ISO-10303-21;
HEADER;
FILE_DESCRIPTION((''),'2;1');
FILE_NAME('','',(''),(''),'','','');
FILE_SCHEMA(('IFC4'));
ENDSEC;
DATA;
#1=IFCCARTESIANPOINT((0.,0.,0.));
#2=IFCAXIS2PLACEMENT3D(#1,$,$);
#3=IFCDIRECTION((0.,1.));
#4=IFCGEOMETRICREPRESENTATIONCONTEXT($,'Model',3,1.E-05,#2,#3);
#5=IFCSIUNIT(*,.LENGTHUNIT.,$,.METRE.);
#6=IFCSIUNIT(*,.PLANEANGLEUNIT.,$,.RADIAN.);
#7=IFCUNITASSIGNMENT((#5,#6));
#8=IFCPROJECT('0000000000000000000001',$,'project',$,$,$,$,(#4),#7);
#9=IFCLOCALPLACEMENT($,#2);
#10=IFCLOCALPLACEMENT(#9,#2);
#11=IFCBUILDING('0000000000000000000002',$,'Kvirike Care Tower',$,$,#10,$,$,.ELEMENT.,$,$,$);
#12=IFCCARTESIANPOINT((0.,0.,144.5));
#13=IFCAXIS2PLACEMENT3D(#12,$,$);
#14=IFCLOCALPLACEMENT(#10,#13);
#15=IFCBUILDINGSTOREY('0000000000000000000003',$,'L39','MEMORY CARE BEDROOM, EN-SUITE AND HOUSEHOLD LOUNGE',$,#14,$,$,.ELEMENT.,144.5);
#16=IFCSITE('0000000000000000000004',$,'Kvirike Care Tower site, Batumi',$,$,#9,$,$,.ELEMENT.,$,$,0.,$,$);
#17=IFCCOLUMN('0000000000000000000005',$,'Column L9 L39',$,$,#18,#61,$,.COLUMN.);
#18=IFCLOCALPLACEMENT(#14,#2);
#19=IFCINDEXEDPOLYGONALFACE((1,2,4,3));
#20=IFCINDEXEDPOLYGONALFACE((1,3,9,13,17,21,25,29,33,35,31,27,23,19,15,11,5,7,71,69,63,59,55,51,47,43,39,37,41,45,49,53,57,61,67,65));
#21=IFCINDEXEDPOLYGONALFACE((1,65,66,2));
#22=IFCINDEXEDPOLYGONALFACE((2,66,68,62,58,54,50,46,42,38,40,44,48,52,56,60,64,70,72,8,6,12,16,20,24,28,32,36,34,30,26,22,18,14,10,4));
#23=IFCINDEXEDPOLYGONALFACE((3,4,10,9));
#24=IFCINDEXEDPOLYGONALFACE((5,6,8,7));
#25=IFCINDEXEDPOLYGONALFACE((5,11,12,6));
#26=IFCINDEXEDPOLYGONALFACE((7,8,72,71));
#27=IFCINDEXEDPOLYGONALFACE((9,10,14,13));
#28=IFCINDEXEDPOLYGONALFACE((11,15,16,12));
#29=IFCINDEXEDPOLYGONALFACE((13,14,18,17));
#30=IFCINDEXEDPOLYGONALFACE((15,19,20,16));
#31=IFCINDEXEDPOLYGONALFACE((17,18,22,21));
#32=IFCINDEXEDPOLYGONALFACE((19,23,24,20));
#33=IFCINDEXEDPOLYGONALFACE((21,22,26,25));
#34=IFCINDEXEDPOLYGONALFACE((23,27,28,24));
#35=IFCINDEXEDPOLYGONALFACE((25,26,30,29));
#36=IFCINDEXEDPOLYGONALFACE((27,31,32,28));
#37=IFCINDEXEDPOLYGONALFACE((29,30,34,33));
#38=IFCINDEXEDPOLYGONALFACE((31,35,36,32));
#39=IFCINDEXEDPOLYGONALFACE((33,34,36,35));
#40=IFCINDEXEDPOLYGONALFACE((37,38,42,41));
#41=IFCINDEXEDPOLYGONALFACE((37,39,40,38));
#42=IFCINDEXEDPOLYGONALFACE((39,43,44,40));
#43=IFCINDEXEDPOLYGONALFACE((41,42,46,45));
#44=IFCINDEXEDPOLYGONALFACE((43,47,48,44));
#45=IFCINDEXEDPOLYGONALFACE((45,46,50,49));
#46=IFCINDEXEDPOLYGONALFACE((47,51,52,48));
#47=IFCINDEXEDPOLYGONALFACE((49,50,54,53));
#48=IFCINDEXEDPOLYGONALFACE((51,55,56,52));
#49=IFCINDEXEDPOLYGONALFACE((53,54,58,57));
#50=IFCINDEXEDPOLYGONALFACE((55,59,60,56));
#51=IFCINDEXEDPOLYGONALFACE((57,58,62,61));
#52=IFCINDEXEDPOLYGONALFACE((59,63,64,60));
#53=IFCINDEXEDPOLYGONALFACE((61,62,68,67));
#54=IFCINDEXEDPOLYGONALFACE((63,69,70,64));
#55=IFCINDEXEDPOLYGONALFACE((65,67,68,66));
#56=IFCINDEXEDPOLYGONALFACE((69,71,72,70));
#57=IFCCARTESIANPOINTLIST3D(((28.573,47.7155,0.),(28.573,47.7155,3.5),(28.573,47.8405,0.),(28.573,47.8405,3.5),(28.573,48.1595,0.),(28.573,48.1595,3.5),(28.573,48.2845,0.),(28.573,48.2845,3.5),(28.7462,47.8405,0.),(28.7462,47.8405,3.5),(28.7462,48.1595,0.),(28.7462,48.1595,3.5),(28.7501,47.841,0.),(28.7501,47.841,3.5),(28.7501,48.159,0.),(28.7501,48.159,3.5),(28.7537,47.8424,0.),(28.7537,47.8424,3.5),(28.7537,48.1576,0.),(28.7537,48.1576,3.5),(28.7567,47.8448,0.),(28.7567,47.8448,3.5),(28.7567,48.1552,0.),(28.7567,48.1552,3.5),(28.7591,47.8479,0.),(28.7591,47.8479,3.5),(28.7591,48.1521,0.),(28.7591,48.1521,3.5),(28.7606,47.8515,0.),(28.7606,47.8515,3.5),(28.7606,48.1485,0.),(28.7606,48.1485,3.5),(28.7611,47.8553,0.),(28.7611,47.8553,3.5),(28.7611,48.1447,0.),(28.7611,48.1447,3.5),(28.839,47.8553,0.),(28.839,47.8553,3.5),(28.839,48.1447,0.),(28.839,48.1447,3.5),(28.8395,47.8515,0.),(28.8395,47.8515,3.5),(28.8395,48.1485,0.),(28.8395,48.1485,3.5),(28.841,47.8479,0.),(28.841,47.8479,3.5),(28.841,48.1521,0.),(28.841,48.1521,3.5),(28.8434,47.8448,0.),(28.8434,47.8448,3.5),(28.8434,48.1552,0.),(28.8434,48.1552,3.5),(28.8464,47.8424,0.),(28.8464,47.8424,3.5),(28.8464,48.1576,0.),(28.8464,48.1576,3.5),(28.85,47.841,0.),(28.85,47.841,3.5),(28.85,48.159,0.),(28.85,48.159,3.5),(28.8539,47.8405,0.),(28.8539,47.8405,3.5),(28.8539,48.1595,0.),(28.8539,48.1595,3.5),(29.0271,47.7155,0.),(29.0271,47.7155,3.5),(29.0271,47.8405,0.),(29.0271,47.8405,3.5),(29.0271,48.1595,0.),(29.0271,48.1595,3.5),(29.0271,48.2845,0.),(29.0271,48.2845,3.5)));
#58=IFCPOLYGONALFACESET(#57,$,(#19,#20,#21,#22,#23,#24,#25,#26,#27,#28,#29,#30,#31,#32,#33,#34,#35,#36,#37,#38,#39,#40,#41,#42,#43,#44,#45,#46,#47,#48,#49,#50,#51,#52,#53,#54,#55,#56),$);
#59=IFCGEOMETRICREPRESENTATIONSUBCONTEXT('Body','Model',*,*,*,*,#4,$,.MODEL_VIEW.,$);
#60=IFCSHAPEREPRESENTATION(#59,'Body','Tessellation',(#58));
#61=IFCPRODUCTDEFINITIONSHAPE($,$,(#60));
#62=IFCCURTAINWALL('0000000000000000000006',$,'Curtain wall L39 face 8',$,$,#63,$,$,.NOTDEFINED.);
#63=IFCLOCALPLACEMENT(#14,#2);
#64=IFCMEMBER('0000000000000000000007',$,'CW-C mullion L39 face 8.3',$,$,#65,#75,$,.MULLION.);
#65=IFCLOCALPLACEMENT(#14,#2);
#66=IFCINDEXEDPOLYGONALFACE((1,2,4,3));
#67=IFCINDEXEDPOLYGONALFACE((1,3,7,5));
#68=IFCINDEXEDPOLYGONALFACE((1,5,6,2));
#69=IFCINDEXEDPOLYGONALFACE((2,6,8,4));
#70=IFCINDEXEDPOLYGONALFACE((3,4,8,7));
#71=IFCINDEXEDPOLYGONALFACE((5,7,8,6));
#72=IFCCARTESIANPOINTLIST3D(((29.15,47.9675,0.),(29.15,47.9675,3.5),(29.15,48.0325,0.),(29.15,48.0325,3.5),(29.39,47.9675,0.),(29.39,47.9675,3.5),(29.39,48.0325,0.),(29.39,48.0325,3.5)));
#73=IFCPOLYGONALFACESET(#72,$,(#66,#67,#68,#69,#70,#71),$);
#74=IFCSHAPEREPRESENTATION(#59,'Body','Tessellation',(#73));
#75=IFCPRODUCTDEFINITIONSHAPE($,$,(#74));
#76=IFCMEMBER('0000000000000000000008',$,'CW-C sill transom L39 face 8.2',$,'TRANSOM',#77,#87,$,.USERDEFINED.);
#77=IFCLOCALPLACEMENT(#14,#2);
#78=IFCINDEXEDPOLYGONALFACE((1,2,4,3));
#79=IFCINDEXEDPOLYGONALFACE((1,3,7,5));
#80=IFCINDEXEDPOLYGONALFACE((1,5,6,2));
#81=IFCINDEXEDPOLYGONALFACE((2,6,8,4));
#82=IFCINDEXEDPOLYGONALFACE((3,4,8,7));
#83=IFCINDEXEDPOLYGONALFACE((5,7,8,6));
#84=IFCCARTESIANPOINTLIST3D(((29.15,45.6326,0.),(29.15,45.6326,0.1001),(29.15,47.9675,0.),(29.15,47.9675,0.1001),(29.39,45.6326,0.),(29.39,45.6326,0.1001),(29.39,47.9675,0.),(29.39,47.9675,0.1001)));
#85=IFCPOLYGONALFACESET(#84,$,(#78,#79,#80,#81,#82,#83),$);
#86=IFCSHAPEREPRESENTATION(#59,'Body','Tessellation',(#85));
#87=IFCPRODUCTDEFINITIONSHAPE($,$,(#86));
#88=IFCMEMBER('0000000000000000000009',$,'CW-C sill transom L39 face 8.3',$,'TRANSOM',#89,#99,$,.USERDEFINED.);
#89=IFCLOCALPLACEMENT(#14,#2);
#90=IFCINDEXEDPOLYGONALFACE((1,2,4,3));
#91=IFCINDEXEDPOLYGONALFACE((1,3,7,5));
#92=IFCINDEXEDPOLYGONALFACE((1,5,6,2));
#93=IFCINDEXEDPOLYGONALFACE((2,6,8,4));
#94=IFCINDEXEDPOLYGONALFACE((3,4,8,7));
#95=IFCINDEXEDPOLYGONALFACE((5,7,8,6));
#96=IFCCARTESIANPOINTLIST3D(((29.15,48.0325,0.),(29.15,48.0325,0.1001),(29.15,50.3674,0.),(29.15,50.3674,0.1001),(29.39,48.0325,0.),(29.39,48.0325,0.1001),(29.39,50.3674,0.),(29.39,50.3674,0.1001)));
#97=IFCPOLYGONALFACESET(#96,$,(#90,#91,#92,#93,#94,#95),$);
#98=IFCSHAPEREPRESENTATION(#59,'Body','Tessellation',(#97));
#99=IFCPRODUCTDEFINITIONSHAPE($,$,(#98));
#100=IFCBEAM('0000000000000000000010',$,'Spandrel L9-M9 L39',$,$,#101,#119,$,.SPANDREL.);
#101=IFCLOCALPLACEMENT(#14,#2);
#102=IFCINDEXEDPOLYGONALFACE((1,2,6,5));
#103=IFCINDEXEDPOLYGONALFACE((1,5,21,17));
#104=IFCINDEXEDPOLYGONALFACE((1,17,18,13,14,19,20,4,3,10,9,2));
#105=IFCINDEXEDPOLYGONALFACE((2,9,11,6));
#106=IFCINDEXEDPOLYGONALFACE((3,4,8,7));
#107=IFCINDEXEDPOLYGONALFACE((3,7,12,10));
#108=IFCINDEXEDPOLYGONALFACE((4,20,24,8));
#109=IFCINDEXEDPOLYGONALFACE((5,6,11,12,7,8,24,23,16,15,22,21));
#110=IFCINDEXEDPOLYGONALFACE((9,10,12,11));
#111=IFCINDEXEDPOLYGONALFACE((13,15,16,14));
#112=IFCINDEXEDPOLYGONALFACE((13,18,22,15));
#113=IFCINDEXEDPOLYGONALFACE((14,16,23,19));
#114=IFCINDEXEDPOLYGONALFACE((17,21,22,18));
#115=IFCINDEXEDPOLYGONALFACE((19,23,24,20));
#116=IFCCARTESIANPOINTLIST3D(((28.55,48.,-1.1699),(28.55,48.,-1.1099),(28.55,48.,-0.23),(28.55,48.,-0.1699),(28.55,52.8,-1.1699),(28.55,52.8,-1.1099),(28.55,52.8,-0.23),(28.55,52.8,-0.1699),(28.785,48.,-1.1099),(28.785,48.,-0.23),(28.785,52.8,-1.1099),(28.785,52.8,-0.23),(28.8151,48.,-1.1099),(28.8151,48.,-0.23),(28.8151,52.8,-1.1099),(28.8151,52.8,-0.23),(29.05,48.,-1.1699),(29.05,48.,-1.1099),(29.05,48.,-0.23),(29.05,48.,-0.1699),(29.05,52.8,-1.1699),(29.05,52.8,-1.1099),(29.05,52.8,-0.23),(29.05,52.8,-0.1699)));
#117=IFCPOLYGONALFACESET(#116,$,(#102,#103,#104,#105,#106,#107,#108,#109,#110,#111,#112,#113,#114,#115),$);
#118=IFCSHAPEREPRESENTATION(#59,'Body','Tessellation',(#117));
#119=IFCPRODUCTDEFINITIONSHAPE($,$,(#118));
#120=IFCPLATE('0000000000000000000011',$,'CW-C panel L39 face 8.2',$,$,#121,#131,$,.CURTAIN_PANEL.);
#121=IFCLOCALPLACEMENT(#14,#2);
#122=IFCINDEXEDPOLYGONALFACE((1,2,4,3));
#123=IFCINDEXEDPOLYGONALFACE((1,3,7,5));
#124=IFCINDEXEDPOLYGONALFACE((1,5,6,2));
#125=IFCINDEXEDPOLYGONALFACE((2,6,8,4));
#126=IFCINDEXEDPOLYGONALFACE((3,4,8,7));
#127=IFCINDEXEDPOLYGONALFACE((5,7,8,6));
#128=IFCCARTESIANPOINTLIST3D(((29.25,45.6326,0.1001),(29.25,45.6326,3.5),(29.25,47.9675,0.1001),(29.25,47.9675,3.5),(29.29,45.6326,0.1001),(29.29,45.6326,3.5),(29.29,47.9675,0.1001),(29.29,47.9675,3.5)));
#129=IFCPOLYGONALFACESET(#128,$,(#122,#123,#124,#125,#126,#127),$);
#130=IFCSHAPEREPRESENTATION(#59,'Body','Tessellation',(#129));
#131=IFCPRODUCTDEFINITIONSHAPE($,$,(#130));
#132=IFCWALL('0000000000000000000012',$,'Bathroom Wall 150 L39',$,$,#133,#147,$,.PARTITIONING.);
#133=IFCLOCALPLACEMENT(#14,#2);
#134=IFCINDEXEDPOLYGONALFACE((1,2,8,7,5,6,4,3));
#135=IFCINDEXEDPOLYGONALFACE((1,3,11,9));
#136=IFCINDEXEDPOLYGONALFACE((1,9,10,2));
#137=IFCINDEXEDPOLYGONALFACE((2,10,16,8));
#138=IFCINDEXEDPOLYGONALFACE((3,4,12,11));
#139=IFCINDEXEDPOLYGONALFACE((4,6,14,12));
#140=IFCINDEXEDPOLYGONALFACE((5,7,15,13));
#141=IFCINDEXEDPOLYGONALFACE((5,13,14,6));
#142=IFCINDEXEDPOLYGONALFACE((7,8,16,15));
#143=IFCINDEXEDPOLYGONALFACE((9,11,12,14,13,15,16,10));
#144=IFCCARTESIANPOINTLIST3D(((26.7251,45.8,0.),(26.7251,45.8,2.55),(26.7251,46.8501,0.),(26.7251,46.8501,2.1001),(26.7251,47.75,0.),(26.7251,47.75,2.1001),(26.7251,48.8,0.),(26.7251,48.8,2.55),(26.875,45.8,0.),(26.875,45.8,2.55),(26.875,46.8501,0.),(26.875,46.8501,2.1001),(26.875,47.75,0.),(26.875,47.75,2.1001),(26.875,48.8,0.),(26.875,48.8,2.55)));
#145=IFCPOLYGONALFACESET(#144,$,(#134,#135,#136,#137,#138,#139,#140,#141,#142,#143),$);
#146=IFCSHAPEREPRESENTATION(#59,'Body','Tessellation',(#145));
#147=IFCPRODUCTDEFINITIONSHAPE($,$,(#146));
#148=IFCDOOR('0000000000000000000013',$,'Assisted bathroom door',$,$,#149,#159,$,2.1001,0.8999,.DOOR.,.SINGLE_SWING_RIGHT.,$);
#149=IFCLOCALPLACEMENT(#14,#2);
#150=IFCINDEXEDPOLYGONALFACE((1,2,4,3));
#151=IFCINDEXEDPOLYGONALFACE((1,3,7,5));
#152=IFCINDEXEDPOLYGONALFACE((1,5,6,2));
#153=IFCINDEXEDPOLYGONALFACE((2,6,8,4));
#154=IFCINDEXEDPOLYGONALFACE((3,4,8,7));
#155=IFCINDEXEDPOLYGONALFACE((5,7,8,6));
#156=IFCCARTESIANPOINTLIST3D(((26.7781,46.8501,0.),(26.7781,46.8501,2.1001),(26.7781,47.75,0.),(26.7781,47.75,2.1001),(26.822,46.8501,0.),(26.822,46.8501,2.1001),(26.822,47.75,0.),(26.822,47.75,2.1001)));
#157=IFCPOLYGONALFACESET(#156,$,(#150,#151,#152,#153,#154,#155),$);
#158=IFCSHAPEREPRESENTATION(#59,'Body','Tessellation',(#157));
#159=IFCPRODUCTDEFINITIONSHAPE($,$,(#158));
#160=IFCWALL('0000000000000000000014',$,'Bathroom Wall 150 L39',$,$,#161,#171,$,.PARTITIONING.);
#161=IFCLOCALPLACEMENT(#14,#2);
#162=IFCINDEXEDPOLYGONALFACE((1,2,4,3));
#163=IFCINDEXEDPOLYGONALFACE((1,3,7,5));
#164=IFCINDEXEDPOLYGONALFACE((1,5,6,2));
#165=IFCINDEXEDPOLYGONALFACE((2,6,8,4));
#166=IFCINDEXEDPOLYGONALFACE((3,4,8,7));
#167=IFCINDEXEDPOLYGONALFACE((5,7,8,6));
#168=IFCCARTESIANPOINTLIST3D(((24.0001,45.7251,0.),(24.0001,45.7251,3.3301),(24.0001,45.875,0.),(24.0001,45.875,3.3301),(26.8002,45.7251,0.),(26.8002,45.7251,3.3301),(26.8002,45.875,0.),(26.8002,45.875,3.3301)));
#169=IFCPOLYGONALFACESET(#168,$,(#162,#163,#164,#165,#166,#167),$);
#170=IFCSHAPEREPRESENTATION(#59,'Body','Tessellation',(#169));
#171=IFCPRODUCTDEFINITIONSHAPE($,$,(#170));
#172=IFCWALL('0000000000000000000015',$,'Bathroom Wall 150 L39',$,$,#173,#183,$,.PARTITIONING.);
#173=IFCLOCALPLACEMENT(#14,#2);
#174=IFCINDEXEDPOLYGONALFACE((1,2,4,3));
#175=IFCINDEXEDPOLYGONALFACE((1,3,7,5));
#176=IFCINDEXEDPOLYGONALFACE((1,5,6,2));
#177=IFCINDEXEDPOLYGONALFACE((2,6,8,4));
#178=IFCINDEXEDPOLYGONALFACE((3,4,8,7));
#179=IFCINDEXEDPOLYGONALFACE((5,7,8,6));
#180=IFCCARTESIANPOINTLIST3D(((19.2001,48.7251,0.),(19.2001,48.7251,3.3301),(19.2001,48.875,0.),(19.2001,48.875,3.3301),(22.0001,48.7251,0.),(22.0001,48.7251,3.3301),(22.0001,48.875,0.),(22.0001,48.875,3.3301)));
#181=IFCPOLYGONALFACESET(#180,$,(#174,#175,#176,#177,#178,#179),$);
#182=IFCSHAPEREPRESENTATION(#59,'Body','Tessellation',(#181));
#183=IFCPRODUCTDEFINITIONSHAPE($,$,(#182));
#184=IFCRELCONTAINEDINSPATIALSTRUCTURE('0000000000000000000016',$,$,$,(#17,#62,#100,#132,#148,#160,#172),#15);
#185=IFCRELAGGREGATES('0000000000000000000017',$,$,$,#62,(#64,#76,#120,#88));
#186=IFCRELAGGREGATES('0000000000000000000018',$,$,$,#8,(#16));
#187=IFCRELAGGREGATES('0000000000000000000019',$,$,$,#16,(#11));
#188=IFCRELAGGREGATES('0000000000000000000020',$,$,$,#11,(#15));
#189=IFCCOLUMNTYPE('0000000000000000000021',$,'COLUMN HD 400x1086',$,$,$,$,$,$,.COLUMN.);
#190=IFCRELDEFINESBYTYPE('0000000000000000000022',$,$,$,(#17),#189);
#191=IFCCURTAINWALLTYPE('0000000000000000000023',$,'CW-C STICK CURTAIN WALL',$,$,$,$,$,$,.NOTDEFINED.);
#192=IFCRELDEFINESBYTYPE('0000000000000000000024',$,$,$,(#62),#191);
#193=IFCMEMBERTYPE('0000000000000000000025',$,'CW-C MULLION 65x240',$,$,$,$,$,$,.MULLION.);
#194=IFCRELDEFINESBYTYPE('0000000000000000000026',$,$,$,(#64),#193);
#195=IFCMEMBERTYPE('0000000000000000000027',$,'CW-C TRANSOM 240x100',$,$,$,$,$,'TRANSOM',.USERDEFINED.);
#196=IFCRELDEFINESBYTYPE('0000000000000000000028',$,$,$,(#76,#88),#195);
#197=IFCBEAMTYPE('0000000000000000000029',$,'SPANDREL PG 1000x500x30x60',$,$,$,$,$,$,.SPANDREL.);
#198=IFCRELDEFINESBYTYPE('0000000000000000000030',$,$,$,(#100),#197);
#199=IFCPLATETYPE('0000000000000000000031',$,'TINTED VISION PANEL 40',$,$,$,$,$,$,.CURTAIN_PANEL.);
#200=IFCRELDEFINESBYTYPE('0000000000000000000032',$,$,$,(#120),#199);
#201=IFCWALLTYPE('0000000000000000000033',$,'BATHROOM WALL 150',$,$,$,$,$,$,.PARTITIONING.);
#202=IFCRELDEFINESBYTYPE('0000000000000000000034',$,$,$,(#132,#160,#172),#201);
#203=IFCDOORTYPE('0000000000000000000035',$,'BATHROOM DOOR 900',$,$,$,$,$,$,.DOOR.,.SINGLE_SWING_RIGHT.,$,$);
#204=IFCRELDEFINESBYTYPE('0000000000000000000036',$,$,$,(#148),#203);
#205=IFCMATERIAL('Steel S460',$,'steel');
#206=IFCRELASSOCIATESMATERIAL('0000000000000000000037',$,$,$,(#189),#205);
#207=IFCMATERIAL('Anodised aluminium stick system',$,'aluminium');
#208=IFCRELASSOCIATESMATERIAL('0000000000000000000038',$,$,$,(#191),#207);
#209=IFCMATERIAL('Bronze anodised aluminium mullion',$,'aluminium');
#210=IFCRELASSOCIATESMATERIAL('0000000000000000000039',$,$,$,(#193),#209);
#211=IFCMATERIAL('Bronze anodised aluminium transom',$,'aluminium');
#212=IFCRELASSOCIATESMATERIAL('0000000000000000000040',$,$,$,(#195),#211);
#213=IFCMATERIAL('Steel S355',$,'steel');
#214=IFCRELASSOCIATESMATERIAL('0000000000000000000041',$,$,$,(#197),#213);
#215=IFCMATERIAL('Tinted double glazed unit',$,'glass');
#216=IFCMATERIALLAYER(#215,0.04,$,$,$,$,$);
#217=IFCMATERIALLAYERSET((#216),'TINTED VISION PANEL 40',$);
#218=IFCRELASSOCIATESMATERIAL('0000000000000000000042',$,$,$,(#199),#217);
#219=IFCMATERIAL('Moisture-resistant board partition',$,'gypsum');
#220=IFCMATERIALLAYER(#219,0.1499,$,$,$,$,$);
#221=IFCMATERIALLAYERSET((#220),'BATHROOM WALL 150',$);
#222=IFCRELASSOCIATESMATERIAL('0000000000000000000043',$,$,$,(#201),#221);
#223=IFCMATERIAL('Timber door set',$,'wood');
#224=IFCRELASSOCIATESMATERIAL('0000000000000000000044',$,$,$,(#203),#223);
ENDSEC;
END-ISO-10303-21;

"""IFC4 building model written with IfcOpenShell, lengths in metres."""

from ifc_helpers import new_model, si_unit, direction, frame, frame_2d, origin, origin_2d, place, context, subcontext, project, spatial, rectangle, i_section, extrude, material, layer, layer_set, material_profile, profile_set, type_object, element, fill, aggregate, save


model = new_model("IFC4")

# Units and contexts
model_context = context("Model", 3, precision=1e-05, world=origin(), true_north=direction((0.0, 1.0)))
body_context = subcontext(model_context, "Body", "Model", "MODEL_VIEW")
ifc_project = project(units=[si_unit("LENGTHUNIT", "METRE"), si_unit("PLANEANGLEUNIT", "RADIAN")], contexts=[model_context])

# Site, building, storey
site_placement = place(None, origin())
site = spatial("IfcSite", under=ifc_project, at=site_placement, Name="Kvirike Care Tower site, Batumi", CompositionType="ELEMENT", RefElevation=0.0)
building_placement = place(site_placement, origin())
building = spatial("IfcBuilding", under=site, at=building_placement, Name="Kvirike Care Tower", CompositionType="ELEMENT")
storey_placement = place(building_placement, frame((0.0, 0.0, 144.5)))
storey = spatial("IfcBuildingStorey", under=building, at=storey_placement, Name="L39", Description="MEMORY CARE BEDROOM, EN-SUITE AND HOUSEHOLD LOUNGE", CompositionType="ELEMENT", Elevation=144.5)

# Column
ifc_material_1 = material(Name="Steel S460", Category="steel")
ifc_material_profile_1 = material_profile(ifc_material_1, i_section(OverallWidth=0.4541, OverallDepth=0.5691, WebThickness=0.0779, FlangeThickness=0.125, FilletRadius=0.0149, at=origin_2d()), Name="HD 400x1086")
ifc_profile_set_1 = profile_set([ifc_material_profile_1], Name="Steel S460")
column_type = type_object("IfcColumnType", Name="COLUMN HD 400x1086", PredefinedType="COLUMN", material=ifc_profile_set_1)
column_placement = place(storey_placement, frame((28.8, 48.0, 0.0), z_axis=(0.0, 0.0, 1.0), x_axis=(1.0, 0.0, 0.0)))
element("IfcColumn", 1, at=column_placement, inside=storey, type_object=column_type, Name="Column L9 L39", PredefinedType="COLUMN", context=body_context, shape_type="SweptSolid", body=[
    extrude(i_section(OverallWidth=0.4541, OverallDepth=0.5691, WebThickness=0.0779, FlangeThickness=0.125, FilletRadius=0.0149, at=origin_2d()), origin(), (0.0, 0.0, 1.0), 3.5),
])

# Curtain wall, members
ifc_material_2 = material(Name="Anodised aluminium stick system", Category="aluminium")
curtain_wall_type = type_object("IfcCurtainWallType", Name="CW-C STICK CURTAIN WALL", PredefinedType="NOTDEFINED", material=ifc_material_2)
curtain_wall_placement = place(storey_placement, origin())
curtain_wall = element("IfcCurtainWall", 2, at=curtain_wall_placement, inside=storey, type_object=curtain_wall_type, Name="Curtain wall L39 face 8", PredefinedType="NOTDEFINED")
ifc_material_3 = material(Name="Bronze anodised aluminium mullion", Category="aluminium")
ifc_material_profile_2 = material_profile(ifc_material_3, rectangle(XDim=0.0649, YDim=0.24, at=origin_2d()), Name="CW-C MULLION 65x240")
ifc_profile_set_2 = profile_set([ifc_material_profile_2], Name="Bronze anodised aluminium mullion")
member_type_1 = type_object("IfcMemberType", Name="CW-C MULLION 65x240", PredefinedType="MULLION", material=ifc_profile_set_2)
member_1_placement = place(storey_placement, frame((29.27, 48.0, 0.0), z_axis=(0.0, 0.0, 1.0), x_axis=(0.0, 1.0, 0.0)))
member_1 = element("IfcMember", 3, at=member_1_placement, type_object=member_type_1, Name="CW-C mullion L39 face 8.3", PredefinedType="MULLION", context=body_context, shape_type="SweptSolid", body=[
    extrude(rectangle(XDim=0.0649, YDim=0.24, at=origin_2d()), origin(), (0.0, 0.0, 1.0), 3.5),
])
ifc_material_4 = material(Name="Bronze anodised aluminium transom", Category="aluminium")
ifc_material_profile_3 = material_profile(ifc_material_4, rectangle(XDim=0.24, YDim=0.1001, at=origin_2d()), Name="CW-C TRANSOM 240x100")
ifc_profile_set_3 = profile_set([ifc_material_profile_3], Name="Bronze anodised aluminium transom")
member_type_2 = type_object("IfcMemberType", Name="CW-C TRANSOM 240x100", ElementType="TRANSOM", PredefinedType="USERDEFINED", material=ifc_profile_set_3)
member_2_placement = place(storey_placement, frame((29.27, 45.6326, 0.05), z_axis=(0.0, 1.0, 0.0), x_axis=(-1.0, 0.0, 0.0)))
member_2 = element("IfcMember", 4, at=member_2_placement, type_object=member_type_2, Name="CW-C sill transom L39 face 8.2", ObjectType="TRANSOM", PredefinedType="USERDEFINED", context=body_context, shape_type="SweptSolid", body=[
    extrude(rectangle(XDim=0.24, YDim=0.1001, at=origin_2d()), origin(), (0.0, 0.0, 1.0), 2.335),
])
member_3_placement = place(storey_placement, frame((29.27, 48.0325, 0.05), z_axis=(0.0, 1.0, 0.0), x_axis=(-1.0, 0.0, 0.0)))
member_3 = element("IfcMember", 5, at=member_3_placement, type_object=member_type_2, Name="CW-C sill transom L39 face 8.3", ObjectType="TRANSOM", PredefinedType="USERDEFINED", context=body_context, shape_type="SweptSolid", body=[
    extrude(rectangle(XDim=0.24, YDim=0.1001, at=origin_2d()), origin(), (0.0, 0.0, 1.0), 2.335),
])

# Beam
ifc_material_5 = material(Name="Steel S355", Category="steel")
ifc_material_profile_4 = material_profile(ifc_material_5, i_section(OverallWidth=0.5, OverallDepth=1.0, WebThickness=0.03, FlangeThickness=0.0601, at=origin_2d()), Name="PG 1000x500x30x60")
ifc_profile_set_4 = profile_set([ifc_material_profile_4], Name="Steel S355")
beam_type = type_object("IfcBeamType", Name="SPANDREL PG 1000x500x30x60", PredefinedType="SPANDREL", material=ifc_profile_set_4)
beam_placement = place(storey_placement, frame((28.8, 48.0, -0.6699), z_axis=(0.0, 1.0, 0.0), x_axis=(-1.0, 0.0, 0.0)))
element("IfcBeam", 6, at=beam_placement, inside=storey, type_object=beam_type, Name="Spandrel L9-M9 L39", PredefinedType="SPANDREL", context=body_context, shape_type="SweptSolid", body=[
    extrude(i_section(OverallWidth=0.5, OverallDepth=1.0, WebThickness=0.03, FlangeThickness=0.0601, at=origin_2d()), origin(), (0.0, 0.0, 1.0), 4.8),
])

# Plate
ifc_material_6 = material(Name="Tinted double glazed unit", Category="glass")
ifc_layer_1 = layer(ifc_material_6, 0.04)
ifc_layer_set_1 = layer_set([ifc_layer_1], Name="TINTED VISION PANEL 40")
plate_type = type_object("IfcPlateType", Name="TINTED VISION PANEL 40", PredefinedType="CURTAIN_PANEL", material=ifc_layer_set_1)
plate_placement = place(storey_placement, frame((29.27, 46.8, 0.1001), z_axis=(0.0, 0.0, 1.0), x_axis=(0.0, 1.0, 0.0)))
plate = element("IfcPlate", 7, at=plate_placement, type_object=plate_type, Name="CW-C panel L39 face 8.2", PredefinedType="CURTAIN_PANEL", context=body_context, shape_type="SweptSolid", body=[
    extrude(rectangle(XDim=2.335, YDim=0.04, at=origin_2d()), origin(), (0.0, 0.0, 1.0), 3.3999),
])
aggregate(curtain_wall, [member_1, member_2, plate, member_3])

# Wall, opening, door
ifc_material_7 = material(Name="Moisture-resistant board partition", Category="gypsum")
ifc_layer_2 = layer(ifc_material_7, 0.1499)
ifc_layer_set_2 = layer_set([ifc_layer_2], Name="BATHROOM WALL 150")
wall_type_1 = type_object("IfcWallType", Name="BATHROOM WALL 150", PredefinedType="PARTITIONING", material=ifc_layer_set_2)
wall_1_placement = place(storey_placement, frame((26.8, 48.8, 0.0), z_axis=(0.0, 0.0, 1.0), x_axis=(0.0, -1.0, 0.0)))
wall_1 = element("IfcWall", 8, at=wall_1_placement, inside=storey, type_object=wall_type_1, Name="Bathroom Wall 150 L39", PredefinedType="PARTITIONING", context=body_context, shape_type="SweptSolid", body=[
    extrude(rectangle(XDim=3.0, YDim=0.1499, at=frame_2d((1.5, 0.0))), origin(), (0.0, 0.0, 1.0), 2.55),
])
opening_1_placement = place(wall_1_placement, frame((1.05, 0.0, 0.0)))
opening_1 = element("IfcOpeningElement", 9, at=opening_1_placement, cuts=wall_1, PredefinedType="OPENING", context=body_context, shape_type="SweptSolid", body=[
    extrude(rectangle(XDim=0.8999, YDim=2.1001, at=frame_2d((0.45, 1.05))), frame((0.0, 0.0854, 0.0), z_axis=(0.0, -1.0, 0.0), x_axis=(1.0, 0.0, 0.0)), (0.0, 0.0, 1.0), 0.1709),
])
ifc_material_8 = material(Name="Timber door set", Category="wood")
door_type_1 = type_object("IfcDoorType", Name="BATHROOM DOOR 900", OperationType="SINGLE_SWING_RIGHT", PredefinedType="DOOR", material=ifc_material_8)
door_1_placement = place(opening_1_placement, origin())
door_1 = element("IfcDoor", 10, at=door_1_placement, inside=storey, type_object=door_type_1, Name="Assisted bathroom door", OperationType="SINGLE_SWING_RIGHT", OverallHeight=2.1001, OverallWidth=0.8999, PredefinedType="DOOR", context=body_context, shape_type="SweptSolid", body=[
    extrude(rectangle(XDim=0.8999, YDim=2.1001, at=frame_2d((0.45, 1.05))), frame((0.0, 0.022, 0.0), z_axis=(0.0, -1.0, 0.0), x_axis=(1.0, 0.0, 0.0)), (0.0, 0.0, 1.0), 0.0439),
])
fill(opening_1, door_1)

# Walls
for number, where, z_axis, x_axis, name in (
    (11, (26.8, 45.8, 0.0), (0.0, 0.0, 1.0), (-1.0, 0.0, 0.0), "Bathroom Wall 150 L39"),
    (12, (22.0, 48.8, 0.0), (0.0, 0.0, 1.0), (-1.0, 0.0, 0.0), "Bathroom Wall 150 L39"),
):
    element("IfcWall", number, at=place(storey_placement, frame(where, z_axis=z_axis, x_axis=x_axis)), inside=storey, type_object=wall_type_1, Name=name, PredefinedType="PARTITIONING", context=body_context, shape_type="SweptSolid", body=[
        extrude(rectangle(XDim=2.8, YDim=0.1499, at=frame_2d((1.3999, 0.0))), origin(), (0.0, 0.0, 1.0), 3.3301),
    ])

save(model, "model.ifc")
